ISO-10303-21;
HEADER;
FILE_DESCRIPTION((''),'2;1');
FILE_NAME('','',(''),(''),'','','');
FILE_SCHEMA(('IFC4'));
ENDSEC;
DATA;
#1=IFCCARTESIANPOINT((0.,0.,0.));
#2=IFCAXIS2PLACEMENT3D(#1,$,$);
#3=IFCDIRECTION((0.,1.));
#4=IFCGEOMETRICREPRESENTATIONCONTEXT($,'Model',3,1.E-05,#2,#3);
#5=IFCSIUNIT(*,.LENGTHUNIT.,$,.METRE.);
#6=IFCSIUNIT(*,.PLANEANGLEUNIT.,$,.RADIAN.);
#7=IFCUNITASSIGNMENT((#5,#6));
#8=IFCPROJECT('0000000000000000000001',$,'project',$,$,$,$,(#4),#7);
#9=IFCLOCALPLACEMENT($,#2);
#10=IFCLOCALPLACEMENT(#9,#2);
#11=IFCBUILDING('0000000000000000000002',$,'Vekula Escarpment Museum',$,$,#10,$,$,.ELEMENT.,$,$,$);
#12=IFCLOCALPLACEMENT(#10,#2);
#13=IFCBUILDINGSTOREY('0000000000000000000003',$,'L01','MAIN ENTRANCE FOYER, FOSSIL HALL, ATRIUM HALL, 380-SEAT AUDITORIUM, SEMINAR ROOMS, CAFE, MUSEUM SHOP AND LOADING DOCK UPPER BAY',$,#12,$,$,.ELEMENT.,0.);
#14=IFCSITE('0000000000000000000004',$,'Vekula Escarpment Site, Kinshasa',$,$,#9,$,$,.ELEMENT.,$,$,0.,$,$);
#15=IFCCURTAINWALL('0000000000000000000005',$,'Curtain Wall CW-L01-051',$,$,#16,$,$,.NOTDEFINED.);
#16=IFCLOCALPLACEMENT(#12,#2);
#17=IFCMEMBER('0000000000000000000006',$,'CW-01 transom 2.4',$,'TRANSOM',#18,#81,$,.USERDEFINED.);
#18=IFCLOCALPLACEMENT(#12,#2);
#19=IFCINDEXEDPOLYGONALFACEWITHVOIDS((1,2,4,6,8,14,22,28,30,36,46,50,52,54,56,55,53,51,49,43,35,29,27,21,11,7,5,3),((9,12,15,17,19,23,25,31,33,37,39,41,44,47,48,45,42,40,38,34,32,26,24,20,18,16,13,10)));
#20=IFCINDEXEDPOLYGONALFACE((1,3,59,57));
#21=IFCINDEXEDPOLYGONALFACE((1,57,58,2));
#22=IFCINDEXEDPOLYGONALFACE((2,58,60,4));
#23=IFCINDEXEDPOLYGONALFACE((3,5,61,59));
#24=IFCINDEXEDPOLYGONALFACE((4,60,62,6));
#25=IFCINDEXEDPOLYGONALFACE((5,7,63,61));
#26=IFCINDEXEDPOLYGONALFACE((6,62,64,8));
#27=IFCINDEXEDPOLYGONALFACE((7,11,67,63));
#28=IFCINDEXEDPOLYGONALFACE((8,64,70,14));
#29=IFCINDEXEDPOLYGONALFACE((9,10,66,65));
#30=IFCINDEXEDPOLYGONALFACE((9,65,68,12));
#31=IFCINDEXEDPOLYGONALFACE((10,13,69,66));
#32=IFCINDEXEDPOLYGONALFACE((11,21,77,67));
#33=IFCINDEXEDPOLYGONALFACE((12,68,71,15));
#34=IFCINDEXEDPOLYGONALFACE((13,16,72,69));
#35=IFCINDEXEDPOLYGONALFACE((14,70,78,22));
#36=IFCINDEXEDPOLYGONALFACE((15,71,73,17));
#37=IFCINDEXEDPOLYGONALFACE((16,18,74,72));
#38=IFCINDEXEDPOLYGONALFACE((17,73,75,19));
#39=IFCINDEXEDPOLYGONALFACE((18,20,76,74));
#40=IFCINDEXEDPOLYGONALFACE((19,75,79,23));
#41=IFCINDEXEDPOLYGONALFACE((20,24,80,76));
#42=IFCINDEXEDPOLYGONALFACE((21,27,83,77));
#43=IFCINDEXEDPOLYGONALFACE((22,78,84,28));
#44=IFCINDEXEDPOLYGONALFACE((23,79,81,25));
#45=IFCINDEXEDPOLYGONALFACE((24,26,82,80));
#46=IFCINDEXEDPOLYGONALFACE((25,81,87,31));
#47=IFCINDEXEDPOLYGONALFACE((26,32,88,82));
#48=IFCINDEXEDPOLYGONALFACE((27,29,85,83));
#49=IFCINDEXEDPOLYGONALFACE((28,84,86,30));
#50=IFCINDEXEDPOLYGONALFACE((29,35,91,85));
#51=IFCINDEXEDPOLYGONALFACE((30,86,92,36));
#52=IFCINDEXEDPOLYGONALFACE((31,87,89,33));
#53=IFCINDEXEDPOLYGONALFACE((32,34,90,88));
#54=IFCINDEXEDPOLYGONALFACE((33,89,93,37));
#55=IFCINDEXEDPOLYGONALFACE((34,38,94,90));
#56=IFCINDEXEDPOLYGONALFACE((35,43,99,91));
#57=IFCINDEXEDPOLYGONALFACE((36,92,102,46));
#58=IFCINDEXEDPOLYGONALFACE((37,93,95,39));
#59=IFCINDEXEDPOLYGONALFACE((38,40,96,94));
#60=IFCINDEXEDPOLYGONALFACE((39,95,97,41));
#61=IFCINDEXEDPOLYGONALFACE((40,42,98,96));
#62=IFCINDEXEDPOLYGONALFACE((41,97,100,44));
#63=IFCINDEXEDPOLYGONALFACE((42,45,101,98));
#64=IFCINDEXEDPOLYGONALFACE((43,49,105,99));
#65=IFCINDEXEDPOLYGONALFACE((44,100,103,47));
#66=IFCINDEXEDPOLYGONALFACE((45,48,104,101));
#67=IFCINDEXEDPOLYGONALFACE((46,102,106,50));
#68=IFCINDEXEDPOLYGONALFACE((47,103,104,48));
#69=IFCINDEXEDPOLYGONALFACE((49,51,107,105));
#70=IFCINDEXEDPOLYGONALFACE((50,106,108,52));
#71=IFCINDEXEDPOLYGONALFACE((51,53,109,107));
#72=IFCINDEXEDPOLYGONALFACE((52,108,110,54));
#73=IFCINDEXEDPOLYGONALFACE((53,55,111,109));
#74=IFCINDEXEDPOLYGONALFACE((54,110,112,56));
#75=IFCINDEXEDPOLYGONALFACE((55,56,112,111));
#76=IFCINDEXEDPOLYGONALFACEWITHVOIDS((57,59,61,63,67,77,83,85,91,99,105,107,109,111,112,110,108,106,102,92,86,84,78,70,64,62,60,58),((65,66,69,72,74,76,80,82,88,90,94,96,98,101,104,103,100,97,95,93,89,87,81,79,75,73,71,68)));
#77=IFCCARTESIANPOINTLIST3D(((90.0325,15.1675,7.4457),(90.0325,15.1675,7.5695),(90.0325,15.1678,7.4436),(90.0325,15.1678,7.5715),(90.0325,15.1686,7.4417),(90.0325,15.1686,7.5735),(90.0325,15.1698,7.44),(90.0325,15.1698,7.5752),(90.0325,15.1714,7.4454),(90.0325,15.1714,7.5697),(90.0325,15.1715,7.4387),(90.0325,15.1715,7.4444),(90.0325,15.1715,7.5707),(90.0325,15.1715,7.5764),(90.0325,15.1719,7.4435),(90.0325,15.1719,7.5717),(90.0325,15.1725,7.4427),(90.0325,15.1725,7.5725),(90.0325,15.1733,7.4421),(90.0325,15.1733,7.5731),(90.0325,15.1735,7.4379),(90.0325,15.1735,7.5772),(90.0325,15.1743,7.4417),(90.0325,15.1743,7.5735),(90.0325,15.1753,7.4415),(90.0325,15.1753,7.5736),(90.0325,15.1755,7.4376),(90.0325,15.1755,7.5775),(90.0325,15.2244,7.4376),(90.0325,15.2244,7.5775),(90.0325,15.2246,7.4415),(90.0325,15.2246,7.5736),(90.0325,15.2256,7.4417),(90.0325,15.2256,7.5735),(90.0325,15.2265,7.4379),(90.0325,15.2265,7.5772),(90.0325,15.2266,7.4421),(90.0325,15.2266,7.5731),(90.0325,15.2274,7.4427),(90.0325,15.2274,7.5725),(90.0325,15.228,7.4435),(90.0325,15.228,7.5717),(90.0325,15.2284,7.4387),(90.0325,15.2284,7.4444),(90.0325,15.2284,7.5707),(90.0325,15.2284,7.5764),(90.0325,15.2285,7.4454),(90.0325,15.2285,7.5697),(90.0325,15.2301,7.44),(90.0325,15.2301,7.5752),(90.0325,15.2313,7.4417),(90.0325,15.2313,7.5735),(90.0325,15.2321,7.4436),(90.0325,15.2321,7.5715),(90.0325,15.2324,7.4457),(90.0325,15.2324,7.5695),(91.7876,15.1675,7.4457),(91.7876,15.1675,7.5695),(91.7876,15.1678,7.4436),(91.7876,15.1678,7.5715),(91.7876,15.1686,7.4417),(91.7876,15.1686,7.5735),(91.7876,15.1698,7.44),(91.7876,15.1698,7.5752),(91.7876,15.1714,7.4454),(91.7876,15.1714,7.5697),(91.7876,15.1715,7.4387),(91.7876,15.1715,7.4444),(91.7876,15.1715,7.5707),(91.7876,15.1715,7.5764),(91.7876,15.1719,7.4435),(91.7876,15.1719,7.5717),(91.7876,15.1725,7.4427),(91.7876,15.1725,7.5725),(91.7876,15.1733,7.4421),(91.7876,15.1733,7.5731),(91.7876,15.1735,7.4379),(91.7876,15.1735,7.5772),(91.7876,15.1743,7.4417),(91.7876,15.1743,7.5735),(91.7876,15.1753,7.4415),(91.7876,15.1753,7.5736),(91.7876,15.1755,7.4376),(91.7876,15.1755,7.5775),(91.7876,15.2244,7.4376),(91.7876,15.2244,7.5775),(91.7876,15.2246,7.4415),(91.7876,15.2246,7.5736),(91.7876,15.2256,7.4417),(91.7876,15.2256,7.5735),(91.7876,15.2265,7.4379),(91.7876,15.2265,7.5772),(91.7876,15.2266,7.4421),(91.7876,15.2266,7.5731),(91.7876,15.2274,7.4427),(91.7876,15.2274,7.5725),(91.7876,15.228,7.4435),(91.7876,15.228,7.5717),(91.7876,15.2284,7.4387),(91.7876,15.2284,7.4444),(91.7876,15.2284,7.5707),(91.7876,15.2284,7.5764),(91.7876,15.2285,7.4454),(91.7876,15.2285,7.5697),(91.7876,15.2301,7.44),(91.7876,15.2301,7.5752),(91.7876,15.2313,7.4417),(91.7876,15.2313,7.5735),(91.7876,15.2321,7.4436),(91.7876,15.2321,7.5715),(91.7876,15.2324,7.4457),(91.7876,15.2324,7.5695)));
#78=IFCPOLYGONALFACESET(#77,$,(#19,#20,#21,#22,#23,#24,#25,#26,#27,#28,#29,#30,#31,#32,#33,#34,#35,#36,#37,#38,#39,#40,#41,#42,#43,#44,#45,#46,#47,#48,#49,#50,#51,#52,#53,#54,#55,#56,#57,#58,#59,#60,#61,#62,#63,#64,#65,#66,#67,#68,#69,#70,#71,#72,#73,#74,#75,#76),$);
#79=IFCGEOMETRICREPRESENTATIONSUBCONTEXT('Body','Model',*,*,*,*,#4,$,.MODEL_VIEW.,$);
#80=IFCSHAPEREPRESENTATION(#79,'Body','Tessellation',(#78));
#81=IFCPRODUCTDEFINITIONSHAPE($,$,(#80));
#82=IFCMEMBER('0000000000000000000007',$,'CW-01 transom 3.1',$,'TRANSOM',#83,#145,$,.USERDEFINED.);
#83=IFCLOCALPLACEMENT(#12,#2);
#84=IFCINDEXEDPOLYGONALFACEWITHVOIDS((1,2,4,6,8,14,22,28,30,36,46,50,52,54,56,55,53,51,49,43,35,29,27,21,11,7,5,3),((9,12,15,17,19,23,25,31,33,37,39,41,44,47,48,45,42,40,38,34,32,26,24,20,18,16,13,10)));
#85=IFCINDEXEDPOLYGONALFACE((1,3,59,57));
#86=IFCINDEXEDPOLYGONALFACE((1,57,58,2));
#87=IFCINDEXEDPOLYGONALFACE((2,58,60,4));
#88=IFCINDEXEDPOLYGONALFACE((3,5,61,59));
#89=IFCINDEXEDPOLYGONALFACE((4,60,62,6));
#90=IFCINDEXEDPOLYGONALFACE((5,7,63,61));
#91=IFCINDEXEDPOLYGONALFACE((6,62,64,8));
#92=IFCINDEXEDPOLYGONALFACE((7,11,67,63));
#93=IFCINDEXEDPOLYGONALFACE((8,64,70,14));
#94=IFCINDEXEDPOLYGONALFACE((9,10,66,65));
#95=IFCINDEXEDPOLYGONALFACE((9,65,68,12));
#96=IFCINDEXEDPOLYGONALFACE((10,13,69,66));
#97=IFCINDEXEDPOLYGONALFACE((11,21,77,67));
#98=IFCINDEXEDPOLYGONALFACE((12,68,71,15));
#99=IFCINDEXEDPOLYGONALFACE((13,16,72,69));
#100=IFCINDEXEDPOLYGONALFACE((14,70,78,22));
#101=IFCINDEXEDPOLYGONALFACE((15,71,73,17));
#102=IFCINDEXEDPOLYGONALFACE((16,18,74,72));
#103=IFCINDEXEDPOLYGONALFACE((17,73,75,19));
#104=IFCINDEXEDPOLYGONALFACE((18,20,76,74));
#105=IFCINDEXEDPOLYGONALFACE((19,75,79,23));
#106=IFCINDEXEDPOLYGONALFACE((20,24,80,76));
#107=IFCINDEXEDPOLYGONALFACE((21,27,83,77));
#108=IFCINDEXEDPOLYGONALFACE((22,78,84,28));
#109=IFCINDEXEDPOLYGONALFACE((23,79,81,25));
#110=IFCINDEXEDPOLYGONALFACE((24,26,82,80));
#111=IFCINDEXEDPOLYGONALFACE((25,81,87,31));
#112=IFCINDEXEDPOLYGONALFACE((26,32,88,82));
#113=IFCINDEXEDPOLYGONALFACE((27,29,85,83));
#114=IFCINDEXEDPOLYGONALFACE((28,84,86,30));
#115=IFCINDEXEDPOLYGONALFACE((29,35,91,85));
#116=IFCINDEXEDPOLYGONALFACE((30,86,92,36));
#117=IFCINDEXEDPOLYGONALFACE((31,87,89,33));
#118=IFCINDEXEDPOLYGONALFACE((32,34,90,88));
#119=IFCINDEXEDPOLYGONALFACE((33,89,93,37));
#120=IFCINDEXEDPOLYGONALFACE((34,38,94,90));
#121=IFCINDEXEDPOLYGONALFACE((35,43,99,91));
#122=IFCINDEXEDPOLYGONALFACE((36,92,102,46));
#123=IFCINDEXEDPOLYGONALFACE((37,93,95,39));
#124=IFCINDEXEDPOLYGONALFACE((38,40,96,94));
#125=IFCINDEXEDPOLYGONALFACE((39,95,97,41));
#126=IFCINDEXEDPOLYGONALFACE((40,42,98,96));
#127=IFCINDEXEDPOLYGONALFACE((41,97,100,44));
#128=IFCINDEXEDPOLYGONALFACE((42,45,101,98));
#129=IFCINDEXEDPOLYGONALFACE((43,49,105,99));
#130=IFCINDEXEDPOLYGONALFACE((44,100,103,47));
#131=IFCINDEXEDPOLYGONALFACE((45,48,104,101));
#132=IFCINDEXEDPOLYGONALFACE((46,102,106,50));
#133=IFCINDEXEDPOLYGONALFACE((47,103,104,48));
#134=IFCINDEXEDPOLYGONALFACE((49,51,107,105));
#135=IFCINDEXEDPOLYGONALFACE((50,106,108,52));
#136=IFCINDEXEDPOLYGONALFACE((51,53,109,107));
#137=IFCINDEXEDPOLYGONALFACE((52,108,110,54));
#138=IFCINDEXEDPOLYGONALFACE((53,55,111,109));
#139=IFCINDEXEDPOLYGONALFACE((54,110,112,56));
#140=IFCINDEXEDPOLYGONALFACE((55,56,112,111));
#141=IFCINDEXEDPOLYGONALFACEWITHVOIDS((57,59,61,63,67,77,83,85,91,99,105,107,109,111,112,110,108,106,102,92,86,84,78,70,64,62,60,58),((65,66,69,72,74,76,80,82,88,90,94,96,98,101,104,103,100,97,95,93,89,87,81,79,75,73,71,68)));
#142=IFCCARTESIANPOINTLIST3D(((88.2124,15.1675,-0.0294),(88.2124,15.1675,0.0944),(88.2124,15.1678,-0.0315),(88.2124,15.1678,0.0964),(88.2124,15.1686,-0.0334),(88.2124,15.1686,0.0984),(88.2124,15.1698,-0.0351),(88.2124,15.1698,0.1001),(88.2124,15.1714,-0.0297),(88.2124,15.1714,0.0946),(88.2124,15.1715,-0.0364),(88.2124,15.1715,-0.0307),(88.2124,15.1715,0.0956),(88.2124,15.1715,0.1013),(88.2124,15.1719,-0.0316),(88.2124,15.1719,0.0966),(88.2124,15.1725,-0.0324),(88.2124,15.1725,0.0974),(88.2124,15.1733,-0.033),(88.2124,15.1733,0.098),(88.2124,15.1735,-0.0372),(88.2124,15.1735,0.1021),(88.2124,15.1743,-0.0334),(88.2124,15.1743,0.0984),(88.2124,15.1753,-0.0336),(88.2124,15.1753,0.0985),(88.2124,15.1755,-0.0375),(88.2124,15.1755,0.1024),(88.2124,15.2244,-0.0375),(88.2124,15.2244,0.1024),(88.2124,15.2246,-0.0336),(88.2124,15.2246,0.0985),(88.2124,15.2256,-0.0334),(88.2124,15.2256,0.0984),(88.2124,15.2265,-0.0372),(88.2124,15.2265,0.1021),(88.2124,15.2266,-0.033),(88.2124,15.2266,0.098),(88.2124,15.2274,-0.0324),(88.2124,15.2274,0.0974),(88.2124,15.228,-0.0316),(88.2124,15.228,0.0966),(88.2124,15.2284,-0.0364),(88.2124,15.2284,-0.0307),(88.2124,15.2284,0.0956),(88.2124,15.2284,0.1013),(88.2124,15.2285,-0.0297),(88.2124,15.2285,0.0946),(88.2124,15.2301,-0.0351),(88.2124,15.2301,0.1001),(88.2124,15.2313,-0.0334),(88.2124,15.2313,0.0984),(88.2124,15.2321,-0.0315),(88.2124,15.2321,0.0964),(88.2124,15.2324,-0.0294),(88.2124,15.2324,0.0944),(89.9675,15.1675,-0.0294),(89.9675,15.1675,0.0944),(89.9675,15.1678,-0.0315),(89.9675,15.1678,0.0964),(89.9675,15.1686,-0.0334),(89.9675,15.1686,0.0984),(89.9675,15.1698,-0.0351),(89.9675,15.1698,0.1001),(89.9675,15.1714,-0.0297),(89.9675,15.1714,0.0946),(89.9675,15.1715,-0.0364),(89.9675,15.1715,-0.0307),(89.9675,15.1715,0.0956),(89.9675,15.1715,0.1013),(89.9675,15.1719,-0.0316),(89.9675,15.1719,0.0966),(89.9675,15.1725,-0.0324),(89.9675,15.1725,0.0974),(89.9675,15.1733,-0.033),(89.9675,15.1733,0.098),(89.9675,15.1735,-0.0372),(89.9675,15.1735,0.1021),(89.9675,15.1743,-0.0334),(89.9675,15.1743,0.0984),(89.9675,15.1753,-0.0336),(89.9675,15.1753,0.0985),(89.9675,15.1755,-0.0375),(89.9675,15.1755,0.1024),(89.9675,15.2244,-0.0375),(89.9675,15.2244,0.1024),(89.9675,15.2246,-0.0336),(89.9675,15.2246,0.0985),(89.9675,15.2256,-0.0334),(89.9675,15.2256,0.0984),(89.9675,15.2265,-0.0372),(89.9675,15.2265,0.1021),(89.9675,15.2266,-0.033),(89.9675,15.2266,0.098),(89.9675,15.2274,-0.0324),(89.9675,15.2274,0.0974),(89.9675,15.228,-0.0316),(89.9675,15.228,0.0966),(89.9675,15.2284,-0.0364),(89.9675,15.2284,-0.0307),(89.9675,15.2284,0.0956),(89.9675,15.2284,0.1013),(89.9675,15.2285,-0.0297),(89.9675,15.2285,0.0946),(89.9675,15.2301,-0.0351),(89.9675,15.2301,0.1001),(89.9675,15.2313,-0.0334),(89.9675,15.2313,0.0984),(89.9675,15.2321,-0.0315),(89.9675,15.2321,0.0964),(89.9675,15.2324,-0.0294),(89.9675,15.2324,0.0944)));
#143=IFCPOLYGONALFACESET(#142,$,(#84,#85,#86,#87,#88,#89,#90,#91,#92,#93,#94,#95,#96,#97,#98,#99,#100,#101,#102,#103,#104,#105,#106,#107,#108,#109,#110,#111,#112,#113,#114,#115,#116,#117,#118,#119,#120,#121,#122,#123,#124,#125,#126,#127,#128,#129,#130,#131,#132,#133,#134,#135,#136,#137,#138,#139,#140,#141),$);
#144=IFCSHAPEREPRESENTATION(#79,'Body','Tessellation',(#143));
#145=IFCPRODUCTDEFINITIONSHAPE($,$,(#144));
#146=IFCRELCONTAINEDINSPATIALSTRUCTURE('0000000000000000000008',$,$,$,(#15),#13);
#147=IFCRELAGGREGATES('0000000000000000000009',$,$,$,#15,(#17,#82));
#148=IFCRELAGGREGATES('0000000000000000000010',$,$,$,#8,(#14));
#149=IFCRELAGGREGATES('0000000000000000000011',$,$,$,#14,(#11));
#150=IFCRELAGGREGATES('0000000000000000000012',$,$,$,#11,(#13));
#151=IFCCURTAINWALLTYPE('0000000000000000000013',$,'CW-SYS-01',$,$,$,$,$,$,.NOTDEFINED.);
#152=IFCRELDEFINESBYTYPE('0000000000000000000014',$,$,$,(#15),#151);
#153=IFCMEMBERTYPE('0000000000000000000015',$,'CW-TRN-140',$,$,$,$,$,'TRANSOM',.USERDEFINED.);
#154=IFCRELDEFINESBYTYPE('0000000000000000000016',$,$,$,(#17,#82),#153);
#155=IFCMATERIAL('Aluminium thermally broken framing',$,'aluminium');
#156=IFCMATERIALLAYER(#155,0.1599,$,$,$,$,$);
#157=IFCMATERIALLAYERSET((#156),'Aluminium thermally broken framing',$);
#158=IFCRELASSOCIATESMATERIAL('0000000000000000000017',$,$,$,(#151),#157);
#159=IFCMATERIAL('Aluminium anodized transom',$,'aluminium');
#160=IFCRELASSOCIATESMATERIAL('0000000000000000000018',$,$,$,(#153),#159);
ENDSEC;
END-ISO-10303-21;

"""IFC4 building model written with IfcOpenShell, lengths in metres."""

from ifc_helpers import new_model, si_unit, direction, frame, origin, origin_2d, place, context, subcontext, project, spatial, hollow_rectangle, extrude, material, layer, layer_set, material_profile, profile_set, type_object, element, aggregate, save


model = new_model("IFC4")

# Units and contexts
model_context = context("Model", 3, precision=1e-05, world=origin(), true_north=direction((0.0, 1.0)))
body_context = subcontext(model_context, "Body", "Model", "MODEL_VIEW")
ifc_project = project(units=[si_unit("LENGTHUNIT", "METRE"), si_unit("PLANEANGLEUNIT", "RADIAN")], contexts=[model_context])

# Site, building, storey
site_placement = place(None, origin())
site = spatial("IfcSite", under=ifc_project, at=site_placement, Name="Vekula Escarpment Site, Kinshasa", CompositionType="ELEMENT", RefElevation=0.0)
building_placement = place(site_placement, origin())
building = spatial("IfcBuilding", under=site, at=building_placement, Name="Vekula Escarpment Museum", CompositionType="ELEMENT")
storey_placement = place(building_placement, origin())
storey = spatial("IfcBuildingStorey", under=building, at=storey_placement, Name="L01", Description="MAIN ENTRANCE FOYER, FOSSIL HALL, ATRIUM HALL, 380-SEAT AUDITORIUM, SEMINAR ROOMS, CAFE, MUSEUM SHOP AND LOADING DOCK UPPER BAY", CompositionType="ELEMENT", Elevation=0.0)

# Curtain wall, members
ifc_material_1 = material(Name="Aluminium thermally broken framing", Category="aluminium")
ifc_layer_1 = layer(ifc_material_1, 0.1599)
ifc_layer_set_1 = layer_set([ifc_layer_1], Name="Aluminium thermally broken framing")
curtain_wall_type = type_object("IfcCurtainWallType", Name="CW-SYS-01", PredefinedType="NOTDEFINED", material=ifc_layer_set_1)
curtain_wall_placement = place(storey_placement, origin())
curtain_wall = element("IfcCurtainWall", 1, at=curtain_wall_placement, inside=storey, type_object=curtain_wall_type, Name="Curtain Wall CW-L01-051", PredefinedType="NOTDEFINED")
ifc_material_2 = material(Name="Aluminium anodized transom", Category="aluminium")
ifc_material_profile_1 = material_profile(ifc_material_2, hollow_rectangle(XDim=0.0649, YDim=0.1399, WallThickness=0.0039, InnerFilletRadius=0.0039, OuterFilletRadius=0.0081, at=origin_2d()), Name="ALU 140x65x4")
ifc_profile_set_1 = profile_set([ifc_material_profile_1], Name="Aluminium anodized transom")
member_type_1 = type_object("IfcMemberType", Name="CW-TRN-140", ElementType="TRANSOM", PredefinedType="USERDEFINED", material=ifc_profile_set_1)
member_1_placement = place(storey_placement, frame((91.7876, 15.2, 7.5076), z_axis=(-1.0, 0.0, 0.0), x_axis=(0.0, -1.0, 0.0)))
member_1 = element("IfcMember", 2, at=member_1_placement, type_object=member_type_1, Name="CW-01 transom 2.4", ObjectType="TRANSOM", PredefinedType="USERDEFINED", context=body_context, shape_type="SweptSolid", body=[
    extrude(hollow_rectangle(XDim=0.0649, YDim=0.1399, WallThickness=0.0039, InnerFilletRadius=0.0039, OuterFilletRadius=0.0081, at=origin_2d()), origin(), (0.0, 0.0, 1.0), 1.7551),
])
member_2_placement = place(storey_placement, frame((89.9675, 15.2, 0.0325), z_axis=(-1.0, 0.0, 0.0), x_axis=(0.0, -1.0, 0.0)))
member_2 = element("IfcMember", 3, at=member_2_placement, type_object=member_type_1, Name="CW-01 transom 3.1", ObjectType="TRANSOM", PredefinedType="USERDEFINED", context=body_context, shape_type="SweptSolid", body=[
    extrude(hollow_rectangle(XDim=0.0649, YDim=0.1399, WallThickness=0.0039, InnerFilletRadius=0.0039, OuterFilletRadius=0.0081, at=origin_2d()), origin(), (0.0, 0.0, 1.0), 1.7551),
])
aggregate(curtain_wall, [member_1, member_2])

save(model, "model.ifc")
